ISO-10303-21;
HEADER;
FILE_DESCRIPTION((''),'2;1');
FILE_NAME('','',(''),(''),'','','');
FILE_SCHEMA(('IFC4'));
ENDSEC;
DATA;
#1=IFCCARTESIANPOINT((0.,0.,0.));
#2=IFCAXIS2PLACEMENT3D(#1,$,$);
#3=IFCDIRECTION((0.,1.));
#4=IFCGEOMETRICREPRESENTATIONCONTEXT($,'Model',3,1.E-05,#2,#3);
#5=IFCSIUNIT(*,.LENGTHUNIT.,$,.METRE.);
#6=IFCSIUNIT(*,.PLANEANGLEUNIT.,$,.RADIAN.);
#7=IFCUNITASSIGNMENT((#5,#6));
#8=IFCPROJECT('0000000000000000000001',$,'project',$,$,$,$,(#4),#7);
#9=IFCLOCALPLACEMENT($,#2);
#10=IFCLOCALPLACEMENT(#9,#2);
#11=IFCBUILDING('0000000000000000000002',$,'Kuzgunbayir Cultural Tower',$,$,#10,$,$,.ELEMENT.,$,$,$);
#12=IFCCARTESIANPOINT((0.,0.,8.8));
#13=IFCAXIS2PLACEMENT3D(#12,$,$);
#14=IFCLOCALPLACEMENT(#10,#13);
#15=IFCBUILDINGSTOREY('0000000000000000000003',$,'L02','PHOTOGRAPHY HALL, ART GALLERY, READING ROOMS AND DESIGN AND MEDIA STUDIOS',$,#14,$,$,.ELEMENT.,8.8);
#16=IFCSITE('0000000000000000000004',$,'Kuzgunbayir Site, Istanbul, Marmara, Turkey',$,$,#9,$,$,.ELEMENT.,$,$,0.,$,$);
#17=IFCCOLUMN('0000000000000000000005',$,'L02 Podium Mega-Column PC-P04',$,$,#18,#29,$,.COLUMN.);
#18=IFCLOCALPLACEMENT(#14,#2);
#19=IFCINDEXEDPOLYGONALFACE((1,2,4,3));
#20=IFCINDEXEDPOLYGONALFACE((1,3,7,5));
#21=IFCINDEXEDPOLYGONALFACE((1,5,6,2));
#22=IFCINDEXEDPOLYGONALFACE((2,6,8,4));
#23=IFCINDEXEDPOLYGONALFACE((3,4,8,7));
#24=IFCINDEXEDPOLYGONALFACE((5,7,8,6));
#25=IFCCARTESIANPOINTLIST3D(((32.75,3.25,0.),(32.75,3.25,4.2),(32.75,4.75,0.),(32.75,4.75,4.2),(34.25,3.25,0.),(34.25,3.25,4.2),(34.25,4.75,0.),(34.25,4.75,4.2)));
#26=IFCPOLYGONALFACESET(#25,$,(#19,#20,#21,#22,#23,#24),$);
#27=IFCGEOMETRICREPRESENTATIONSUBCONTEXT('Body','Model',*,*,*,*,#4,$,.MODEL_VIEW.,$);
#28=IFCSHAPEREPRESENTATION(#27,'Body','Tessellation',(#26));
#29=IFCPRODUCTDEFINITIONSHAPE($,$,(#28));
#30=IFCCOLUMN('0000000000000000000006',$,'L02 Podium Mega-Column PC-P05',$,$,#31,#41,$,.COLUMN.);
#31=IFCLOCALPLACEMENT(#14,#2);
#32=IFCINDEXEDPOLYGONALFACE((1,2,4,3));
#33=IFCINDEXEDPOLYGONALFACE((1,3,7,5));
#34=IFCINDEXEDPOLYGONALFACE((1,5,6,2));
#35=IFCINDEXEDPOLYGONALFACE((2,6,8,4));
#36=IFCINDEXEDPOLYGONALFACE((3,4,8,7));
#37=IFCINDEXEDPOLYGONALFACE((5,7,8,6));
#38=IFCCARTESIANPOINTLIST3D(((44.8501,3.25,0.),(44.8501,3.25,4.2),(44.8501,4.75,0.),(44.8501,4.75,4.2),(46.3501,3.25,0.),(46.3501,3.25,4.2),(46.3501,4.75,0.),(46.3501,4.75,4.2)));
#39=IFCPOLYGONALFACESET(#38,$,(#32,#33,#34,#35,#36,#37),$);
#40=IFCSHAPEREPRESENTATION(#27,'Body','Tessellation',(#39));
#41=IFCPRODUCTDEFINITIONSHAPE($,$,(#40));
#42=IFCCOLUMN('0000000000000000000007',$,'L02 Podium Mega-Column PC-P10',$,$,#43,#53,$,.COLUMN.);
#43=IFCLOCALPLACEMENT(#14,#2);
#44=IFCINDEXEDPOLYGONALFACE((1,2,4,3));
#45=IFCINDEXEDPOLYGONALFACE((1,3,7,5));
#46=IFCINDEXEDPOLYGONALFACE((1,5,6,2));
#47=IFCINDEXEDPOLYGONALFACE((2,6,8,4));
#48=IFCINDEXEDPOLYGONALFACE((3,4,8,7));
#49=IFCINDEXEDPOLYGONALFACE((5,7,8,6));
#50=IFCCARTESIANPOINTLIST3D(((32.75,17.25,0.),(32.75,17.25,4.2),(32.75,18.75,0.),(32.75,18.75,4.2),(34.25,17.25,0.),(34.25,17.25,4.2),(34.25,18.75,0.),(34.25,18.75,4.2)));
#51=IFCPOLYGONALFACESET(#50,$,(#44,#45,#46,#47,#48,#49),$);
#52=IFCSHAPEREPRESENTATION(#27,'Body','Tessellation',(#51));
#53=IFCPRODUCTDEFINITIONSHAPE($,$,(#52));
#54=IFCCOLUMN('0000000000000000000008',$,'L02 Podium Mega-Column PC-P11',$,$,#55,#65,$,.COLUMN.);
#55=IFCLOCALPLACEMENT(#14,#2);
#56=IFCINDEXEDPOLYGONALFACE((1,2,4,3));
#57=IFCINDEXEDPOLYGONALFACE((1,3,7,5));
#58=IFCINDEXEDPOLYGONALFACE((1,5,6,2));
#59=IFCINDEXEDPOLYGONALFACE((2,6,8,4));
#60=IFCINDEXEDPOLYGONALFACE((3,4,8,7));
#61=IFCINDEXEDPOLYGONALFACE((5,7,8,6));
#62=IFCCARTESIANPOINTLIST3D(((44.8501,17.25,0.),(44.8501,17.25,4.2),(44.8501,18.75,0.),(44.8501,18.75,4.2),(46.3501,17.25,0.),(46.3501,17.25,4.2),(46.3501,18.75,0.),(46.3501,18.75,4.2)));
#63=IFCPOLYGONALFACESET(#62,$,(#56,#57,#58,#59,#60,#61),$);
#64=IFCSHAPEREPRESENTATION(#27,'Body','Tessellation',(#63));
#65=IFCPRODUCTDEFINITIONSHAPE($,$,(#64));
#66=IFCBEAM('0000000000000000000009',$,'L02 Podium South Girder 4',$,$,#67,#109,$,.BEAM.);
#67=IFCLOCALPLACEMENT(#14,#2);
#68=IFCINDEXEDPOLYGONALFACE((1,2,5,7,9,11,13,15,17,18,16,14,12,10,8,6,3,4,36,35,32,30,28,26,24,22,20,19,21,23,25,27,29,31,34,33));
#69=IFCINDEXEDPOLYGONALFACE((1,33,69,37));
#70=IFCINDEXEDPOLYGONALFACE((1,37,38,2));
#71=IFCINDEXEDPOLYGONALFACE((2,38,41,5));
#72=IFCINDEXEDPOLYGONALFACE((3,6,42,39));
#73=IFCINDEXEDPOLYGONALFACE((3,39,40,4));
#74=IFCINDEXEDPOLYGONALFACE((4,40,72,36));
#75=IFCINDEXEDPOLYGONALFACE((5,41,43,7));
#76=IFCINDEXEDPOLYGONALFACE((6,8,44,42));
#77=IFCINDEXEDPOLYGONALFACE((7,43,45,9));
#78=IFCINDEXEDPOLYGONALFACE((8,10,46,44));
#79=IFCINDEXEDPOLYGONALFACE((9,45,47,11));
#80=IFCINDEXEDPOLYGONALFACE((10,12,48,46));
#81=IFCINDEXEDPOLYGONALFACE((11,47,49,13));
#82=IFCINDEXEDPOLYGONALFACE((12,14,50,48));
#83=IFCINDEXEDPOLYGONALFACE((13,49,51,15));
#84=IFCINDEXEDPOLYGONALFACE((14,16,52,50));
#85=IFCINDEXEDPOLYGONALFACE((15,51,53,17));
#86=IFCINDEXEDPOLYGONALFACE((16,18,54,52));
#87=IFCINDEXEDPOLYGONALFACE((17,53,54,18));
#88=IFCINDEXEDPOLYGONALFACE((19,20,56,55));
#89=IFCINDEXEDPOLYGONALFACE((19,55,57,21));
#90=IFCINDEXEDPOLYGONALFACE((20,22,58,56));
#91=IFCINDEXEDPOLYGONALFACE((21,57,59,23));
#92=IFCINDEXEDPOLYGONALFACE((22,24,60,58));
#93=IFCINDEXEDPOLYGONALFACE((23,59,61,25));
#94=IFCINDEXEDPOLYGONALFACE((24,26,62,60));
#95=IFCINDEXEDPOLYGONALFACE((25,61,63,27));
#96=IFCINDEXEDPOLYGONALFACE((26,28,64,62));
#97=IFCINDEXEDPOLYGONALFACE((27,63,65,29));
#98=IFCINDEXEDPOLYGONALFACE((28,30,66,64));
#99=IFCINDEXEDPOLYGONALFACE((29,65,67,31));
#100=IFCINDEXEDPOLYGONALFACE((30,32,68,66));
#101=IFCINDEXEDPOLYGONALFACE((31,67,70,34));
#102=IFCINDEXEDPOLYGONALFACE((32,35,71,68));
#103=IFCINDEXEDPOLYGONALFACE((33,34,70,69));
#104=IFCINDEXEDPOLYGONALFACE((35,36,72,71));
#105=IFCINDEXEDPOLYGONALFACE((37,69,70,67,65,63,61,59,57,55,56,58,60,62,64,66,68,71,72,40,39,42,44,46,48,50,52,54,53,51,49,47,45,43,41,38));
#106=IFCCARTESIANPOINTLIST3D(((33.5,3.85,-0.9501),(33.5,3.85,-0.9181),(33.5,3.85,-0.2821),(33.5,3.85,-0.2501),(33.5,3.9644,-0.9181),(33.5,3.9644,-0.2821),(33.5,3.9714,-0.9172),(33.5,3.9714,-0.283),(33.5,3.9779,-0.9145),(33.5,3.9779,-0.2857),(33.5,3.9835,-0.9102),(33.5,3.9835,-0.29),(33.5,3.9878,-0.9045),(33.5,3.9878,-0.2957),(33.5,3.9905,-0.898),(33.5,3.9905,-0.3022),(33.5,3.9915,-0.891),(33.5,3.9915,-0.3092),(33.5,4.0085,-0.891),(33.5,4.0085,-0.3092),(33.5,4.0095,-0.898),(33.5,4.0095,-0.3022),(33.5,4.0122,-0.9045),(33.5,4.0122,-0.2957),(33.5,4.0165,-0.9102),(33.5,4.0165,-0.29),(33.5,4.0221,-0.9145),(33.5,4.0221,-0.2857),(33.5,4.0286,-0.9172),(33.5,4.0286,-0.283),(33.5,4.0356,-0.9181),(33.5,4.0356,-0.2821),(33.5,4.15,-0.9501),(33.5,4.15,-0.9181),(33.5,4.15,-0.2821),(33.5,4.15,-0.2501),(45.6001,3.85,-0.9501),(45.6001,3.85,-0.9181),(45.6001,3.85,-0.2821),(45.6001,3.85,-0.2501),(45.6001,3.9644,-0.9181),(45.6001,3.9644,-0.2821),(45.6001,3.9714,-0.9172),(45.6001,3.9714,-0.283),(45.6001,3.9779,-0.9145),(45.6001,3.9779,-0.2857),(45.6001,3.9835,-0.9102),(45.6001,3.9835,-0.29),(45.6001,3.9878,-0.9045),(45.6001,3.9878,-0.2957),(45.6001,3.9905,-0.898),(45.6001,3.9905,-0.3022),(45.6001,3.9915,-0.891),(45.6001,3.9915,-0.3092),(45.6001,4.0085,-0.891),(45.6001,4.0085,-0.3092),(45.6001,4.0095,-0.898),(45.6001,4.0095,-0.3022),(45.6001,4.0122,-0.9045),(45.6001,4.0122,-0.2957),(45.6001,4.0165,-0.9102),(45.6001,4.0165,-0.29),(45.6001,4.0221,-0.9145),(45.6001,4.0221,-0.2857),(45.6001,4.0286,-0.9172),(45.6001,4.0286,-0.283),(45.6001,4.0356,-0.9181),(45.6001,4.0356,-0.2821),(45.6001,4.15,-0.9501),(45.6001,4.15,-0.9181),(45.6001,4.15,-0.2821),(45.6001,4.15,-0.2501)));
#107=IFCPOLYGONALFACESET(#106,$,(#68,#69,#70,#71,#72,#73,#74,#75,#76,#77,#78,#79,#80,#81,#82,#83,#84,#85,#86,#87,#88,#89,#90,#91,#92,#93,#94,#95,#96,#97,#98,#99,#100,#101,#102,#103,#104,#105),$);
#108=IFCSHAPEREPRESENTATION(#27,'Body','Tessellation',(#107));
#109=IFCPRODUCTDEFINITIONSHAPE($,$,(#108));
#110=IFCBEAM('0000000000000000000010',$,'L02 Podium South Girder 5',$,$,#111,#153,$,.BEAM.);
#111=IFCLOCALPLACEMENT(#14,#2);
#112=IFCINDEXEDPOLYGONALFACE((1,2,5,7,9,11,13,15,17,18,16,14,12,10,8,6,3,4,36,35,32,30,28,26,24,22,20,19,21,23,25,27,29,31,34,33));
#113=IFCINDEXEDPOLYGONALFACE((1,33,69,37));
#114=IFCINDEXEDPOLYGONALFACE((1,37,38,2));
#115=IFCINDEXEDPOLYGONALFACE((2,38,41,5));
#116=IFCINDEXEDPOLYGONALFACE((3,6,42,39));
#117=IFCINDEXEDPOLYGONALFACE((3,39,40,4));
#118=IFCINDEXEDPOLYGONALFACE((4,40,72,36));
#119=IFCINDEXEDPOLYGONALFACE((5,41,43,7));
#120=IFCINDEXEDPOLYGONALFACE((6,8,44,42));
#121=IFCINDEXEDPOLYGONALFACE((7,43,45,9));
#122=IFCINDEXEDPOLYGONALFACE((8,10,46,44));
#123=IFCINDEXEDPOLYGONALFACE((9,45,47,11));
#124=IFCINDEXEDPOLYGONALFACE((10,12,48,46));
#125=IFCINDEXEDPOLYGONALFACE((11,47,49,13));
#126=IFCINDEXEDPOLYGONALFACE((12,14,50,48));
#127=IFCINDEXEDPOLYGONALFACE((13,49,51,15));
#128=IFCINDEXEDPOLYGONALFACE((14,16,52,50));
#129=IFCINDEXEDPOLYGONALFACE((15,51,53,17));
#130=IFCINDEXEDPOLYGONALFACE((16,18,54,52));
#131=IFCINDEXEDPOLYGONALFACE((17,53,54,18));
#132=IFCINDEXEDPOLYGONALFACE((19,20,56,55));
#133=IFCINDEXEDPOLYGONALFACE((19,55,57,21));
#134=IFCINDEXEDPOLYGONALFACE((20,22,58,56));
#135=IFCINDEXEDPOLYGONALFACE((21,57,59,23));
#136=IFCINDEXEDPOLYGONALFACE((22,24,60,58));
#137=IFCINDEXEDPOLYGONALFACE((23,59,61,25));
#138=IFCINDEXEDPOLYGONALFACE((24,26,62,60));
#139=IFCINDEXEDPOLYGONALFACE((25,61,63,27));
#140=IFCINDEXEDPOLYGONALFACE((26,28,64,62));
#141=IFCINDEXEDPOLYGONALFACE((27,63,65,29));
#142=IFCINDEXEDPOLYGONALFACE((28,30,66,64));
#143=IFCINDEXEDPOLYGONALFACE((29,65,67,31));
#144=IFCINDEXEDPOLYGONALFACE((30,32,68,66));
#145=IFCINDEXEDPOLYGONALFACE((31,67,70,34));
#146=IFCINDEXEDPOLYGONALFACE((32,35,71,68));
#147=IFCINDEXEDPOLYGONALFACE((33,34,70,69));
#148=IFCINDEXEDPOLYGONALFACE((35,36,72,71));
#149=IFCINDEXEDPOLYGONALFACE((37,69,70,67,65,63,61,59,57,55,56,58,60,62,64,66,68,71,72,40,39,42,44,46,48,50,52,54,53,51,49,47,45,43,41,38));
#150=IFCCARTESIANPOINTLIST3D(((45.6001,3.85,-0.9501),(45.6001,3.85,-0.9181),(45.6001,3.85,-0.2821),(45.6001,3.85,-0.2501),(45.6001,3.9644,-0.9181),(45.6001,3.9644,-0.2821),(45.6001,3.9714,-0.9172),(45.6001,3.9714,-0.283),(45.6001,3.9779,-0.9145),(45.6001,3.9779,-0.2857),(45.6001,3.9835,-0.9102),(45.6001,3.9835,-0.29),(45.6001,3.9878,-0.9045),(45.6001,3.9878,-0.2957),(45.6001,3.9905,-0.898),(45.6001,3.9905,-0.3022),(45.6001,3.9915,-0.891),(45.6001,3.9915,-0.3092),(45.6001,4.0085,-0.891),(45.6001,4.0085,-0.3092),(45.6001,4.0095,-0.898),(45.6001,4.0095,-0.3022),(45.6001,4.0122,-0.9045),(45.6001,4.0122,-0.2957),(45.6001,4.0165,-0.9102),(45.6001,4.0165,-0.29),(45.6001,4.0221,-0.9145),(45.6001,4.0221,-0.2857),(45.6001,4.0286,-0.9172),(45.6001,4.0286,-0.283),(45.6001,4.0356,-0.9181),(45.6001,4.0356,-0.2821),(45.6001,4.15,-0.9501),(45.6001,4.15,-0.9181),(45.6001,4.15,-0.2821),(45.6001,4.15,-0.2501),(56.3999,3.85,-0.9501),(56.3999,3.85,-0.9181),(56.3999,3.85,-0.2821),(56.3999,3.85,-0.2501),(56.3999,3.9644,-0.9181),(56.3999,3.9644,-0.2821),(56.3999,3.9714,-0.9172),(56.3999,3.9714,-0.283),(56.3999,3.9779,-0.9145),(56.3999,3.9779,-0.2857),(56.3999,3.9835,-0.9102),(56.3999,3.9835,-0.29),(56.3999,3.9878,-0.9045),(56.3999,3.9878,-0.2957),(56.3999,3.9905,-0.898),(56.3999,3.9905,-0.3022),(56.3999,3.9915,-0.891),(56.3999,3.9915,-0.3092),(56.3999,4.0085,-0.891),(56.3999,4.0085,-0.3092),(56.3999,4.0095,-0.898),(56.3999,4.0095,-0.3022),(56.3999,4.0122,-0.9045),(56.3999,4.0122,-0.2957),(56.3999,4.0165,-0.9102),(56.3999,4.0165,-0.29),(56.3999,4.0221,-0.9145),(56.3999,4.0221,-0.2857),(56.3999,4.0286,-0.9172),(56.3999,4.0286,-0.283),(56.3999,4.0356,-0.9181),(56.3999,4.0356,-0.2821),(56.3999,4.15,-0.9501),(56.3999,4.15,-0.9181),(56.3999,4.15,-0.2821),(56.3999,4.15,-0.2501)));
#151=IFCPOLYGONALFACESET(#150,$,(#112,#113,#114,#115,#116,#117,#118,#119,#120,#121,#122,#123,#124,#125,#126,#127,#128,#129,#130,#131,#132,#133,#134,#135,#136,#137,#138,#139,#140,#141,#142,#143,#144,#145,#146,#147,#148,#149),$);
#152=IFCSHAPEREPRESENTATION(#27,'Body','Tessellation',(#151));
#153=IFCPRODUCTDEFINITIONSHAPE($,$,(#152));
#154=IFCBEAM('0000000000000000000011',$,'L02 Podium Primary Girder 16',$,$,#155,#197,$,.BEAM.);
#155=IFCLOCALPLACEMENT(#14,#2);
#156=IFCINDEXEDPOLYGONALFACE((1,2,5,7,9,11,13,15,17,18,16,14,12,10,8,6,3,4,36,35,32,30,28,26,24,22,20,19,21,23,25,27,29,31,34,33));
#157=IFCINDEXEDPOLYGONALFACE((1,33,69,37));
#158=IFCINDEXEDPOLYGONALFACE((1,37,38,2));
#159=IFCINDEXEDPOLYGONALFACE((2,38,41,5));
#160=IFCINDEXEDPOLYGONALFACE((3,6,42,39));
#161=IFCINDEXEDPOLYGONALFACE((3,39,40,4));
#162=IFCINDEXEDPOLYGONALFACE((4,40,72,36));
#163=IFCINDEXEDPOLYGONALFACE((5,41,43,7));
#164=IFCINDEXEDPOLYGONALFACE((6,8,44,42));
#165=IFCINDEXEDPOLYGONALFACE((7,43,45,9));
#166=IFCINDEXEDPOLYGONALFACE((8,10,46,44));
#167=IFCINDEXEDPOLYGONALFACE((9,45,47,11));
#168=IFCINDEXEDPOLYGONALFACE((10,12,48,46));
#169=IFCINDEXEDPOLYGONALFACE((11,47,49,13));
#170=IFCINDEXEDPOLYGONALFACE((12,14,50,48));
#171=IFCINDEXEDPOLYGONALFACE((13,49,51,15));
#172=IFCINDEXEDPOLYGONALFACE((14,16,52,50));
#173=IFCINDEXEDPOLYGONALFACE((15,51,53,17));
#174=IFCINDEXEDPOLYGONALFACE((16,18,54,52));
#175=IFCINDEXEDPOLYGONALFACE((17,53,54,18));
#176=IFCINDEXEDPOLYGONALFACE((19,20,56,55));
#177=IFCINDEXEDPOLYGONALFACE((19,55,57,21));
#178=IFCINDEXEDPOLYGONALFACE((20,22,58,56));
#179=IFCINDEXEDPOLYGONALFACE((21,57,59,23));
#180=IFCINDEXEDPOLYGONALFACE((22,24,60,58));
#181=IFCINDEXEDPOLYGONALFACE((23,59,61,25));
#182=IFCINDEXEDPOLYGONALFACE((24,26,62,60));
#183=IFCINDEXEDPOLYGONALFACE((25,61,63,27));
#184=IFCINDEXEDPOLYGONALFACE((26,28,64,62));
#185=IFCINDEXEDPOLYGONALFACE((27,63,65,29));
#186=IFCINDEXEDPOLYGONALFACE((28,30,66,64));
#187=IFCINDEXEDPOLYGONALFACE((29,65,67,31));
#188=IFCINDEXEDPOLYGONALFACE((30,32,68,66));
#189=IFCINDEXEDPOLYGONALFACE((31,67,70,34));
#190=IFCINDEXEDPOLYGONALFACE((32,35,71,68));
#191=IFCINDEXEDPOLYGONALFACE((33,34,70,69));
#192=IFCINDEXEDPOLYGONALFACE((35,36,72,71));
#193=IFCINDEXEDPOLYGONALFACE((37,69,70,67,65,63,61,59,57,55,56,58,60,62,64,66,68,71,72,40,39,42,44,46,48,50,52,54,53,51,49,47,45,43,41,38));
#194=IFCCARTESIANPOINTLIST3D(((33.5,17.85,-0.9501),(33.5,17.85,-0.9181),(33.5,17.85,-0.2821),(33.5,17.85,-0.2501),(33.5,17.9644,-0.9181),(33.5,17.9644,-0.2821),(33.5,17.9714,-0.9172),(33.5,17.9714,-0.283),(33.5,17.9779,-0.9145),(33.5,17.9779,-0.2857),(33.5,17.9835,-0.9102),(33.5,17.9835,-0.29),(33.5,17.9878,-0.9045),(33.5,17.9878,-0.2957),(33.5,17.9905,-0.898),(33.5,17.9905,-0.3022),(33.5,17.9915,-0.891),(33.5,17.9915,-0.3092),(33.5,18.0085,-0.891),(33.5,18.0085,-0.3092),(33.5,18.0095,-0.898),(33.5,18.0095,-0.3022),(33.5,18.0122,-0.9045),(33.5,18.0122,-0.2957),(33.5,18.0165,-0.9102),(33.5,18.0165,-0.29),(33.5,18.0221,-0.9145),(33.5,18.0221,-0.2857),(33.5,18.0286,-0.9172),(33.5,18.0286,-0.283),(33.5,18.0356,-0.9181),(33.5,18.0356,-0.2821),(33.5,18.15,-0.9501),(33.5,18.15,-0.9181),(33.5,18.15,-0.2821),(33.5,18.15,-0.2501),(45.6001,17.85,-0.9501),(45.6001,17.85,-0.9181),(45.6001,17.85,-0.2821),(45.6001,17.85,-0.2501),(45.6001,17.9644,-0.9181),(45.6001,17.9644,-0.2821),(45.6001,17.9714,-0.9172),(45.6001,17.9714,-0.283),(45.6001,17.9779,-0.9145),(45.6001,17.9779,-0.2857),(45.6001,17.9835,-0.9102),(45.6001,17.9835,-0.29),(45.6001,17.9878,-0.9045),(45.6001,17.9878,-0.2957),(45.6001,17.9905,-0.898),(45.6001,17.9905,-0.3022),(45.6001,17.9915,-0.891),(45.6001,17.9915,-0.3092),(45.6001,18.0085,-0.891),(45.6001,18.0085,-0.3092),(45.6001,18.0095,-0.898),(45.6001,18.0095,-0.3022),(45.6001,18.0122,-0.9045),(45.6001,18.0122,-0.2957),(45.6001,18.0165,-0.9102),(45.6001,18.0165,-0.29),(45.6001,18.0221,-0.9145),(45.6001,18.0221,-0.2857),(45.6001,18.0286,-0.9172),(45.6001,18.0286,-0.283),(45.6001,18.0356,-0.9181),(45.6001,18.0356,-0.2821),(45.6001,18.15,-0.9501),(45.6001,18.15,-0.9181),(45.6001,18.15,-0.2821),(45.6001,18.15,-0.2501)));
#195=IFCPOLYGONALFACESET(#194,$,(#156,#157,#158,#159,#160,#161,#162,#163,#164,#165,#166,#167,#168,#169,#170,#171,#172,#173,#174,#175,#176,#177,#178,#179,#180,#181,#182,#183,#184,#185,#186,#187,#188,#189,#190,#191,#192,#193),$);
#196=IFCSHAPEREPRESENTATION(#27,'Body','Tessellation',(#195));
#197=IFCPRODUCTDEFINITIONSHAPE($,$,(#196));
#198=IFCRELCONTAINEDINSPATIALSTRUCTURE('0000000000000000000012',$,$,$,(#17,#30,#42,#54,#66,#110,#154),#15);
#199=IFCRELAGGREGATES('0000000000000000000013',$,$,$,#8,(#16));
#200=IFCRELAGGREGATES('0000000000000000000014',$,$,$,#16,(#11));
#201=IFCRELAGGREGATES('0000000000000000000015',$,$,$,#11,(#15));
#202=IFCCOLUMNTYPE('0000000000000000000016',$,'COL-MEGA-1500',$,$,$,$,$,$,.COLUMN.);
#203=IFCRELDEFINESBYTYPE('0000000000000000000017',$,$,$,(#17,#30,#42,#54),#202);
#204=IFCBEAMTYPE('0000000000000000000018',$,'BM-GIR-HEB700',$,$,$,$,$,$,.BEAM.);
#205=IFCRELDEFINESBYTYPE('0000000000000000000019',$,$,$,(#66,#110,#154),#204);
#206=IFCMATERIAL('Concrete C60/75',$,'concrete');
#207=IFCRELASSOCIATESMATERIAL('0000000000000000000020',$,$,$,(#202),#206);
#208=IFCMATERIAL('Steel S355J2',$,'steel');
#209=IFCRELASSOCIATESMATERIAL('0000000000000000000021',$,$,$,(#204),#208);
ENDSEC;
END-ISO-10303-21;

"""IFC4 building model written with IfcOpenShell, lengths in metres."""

from ifc_helpers import new_model, si_unit, direction, frame, origin, origin_2d, place, context, subcontext, project, spatial, rectangle, i_section, extrude, material, material_profile, profile_set, type_object, element, save


model = new_model("IFC4")

# Units and contexts
model_context = context("Model", 3, precision=1e-05, world=origin(), true_north=direction((0.0, 1.0)))
body_context = subcontext(model_context, "Body", "Model", "MODEL_VIEW")
ifc_project = project(units=[si_unit("LENGTHUNIT", "METRE"), si_unit("PLANEANGLEUNIT", "RADIAN")], contexts=[model_context])

# Site, building, storey
site_placement = place(None, origin())
site = spatial("IfcSite", under=ifc_project, at=site_placement, Name="Kuzgunbayir Site, Istanbul, Marmara, Turkey", CompositionType="ELEMENT", RefElevation=0.0)
building_placement = place(site_placement, origin())
building = spatial("IfcBuilding", under=site, at=building_placement, Name="Kuzgunbayir Cultural Tower", CompositionType="ELEMENT")
storey_placement = place(building_placement, frame((0.0, 0.0, 8.8)))
storey = spatial("IfcBuildingStorey", under=building, at=storey_placement, Name="L02", Description="PHOTOGRAPHY HALL, ART GALLERY, READING ROOMS AND DESIGN AND MEDIA STUDIOS", CompositionType="ELEMENT", Elevation=8.8)

# Columns
ifc_material_1 = material(Name="Concrete C60/75", Category="concrete")
ifc_material_profile_1 = material_profile(ifc_material_1, rectangle(XDim=1.5, YDim=1.5, at=origin_2d()), Name="RC 1500x1500")
ifc_profile_set_1 = profile_set([ifc_material_profile_1], Name="Concrete C60/75")
column_type = type_object("IfcColumnType", Name="COL-MEGA-1500", PredefinedType="COLUMN", material=ifc_profile_set_1)
for number, where, z_axis, x_axis, name in (
    (1, (33.5, 4.0, 0.0), (0.0, 0.0, 1.0), (1.0, 0.0, 0.0), "L02 Podium Mega-Column PC-P04"),
    (2, (45.6001, 4.0, 0.0), (0.0, 0.0, 1.0), (1.0, 0.0, 0.0), "L02 Podium Mega-Column PC-P05"),
    (3, (33.5, 18.0, 0.0), (0.0, 0.0, 1.0), (1.0, 0.0, 0.0), "L02 Podium Mega-Column PC-P10"),
    (4, (45.6001, 18.0, 0.0), (0.0, 0.0, 1.0), (1.0, 0.0, 0.0), "L02 Podium Mega-Column PC-P11"),
):
    element("IfcColumn", number, at=place(storey_placement, frame(where, z_axis=z_axis, x_axis=x_axis)), inside=storey, type_object=column_type, Name=name, PredefinedType="COLUMN", context=body_context, shape_type="SweptSolid", body=[
        extrude(rectangle(XDim=1.5, YDim=1.5, at=origin_2d()), origin(), (0.0, 0.0, 1.0), 4.2),
    ])

# Beams
ifc_material_2 = material(Name="Steel S355J2", Category="steel")
ifc_material_profile_2 = material_profile(ifc_material_2, i_section(OverallWidth=0.3, OverallDepth=0.7, WebThickness=0.0171, FlangeThickness=0.032, FilletRadius=0.0271, at=origin_2d()), Name="HEB 700")
ifc_profile_set_2 = profile_set([ifc_material_profile_2], Name="Steel S355J2")
beam_type_1 = type_object("IfcBeamType", Name="BM-GIR-HEB700", PredefinedType="BEAM", material=ifc_profile_set_2)
beam_1_placement = place(storey_placement, frame((33.5, 4.0, -0.6001), z_axis=(1.0, 0.0, 0.0), x_axis=(0.0, 1.0, 0.0)))
element("IfcBeam", 5, at=beam_1_placement, inside=storey, type_object=beam_type_1, Name="L02 Podium South Girder 4", PredefinedType="BEAM", context=body_context, shape_type="SweptSolid", body=[
    extrude(i_section(OverallWidth=0.3, OverallDepth=0.7, WebThickness=0.0171, FlangeThickness=0.032, FilletRadius=0.0271, at=origin_2d()), origin(), (0.0, 0.0, 1.0), 12.1001),
])
beam_2_placement = place(storey_placement, frame((45.6001, 4.0, -0.6001), z_axis=(1.0, 0.0, 0.0), x_axis=(0.0, 1.0, 0.0)))
element("IfcBeam", 6, at=beam_2_placement, inside=storey, type_object=beam_type_1, Name="L02 Podium South Girder 5", PredefinedType="BEAM", context=body_context, shape_type="SweptSolid", body=[
    extrude(i_section(OverallWidth=0.3, OverallDepth=0.7, WebThickness=0.0171, FlangeThickness=0.032, FilletRadius=0.0271, at=origin_2d()), origin(), (0.0, 0.0, 1.0), 10.7998),
])
beam_3_placement = place(storey_placement, frame((33.5, 18.0, -0.6001), z_axis=(1.0, 0.0, 0.0), x_axis=(0.0, 1.0, 0.0)))
element("IfcBeam", 7, at=beam_3_placement, inside=storey, type_object=beam_type_1, Name="L02 Podium Primary Girder 16", PredefinedType="BEAM", context=body_context, shape_type="SweptSolid", body=[
    extrude(i_section(OverallWidth=0.3, OverallDepth=0.7, WebThickness=0.0171, FlangeThickness=0.032, FilletRadius=0.0271, at=origin_2d()), origin(), (0.0, 0.0, 1.0), 12.1001),
])

save(model, "model.ifc")
